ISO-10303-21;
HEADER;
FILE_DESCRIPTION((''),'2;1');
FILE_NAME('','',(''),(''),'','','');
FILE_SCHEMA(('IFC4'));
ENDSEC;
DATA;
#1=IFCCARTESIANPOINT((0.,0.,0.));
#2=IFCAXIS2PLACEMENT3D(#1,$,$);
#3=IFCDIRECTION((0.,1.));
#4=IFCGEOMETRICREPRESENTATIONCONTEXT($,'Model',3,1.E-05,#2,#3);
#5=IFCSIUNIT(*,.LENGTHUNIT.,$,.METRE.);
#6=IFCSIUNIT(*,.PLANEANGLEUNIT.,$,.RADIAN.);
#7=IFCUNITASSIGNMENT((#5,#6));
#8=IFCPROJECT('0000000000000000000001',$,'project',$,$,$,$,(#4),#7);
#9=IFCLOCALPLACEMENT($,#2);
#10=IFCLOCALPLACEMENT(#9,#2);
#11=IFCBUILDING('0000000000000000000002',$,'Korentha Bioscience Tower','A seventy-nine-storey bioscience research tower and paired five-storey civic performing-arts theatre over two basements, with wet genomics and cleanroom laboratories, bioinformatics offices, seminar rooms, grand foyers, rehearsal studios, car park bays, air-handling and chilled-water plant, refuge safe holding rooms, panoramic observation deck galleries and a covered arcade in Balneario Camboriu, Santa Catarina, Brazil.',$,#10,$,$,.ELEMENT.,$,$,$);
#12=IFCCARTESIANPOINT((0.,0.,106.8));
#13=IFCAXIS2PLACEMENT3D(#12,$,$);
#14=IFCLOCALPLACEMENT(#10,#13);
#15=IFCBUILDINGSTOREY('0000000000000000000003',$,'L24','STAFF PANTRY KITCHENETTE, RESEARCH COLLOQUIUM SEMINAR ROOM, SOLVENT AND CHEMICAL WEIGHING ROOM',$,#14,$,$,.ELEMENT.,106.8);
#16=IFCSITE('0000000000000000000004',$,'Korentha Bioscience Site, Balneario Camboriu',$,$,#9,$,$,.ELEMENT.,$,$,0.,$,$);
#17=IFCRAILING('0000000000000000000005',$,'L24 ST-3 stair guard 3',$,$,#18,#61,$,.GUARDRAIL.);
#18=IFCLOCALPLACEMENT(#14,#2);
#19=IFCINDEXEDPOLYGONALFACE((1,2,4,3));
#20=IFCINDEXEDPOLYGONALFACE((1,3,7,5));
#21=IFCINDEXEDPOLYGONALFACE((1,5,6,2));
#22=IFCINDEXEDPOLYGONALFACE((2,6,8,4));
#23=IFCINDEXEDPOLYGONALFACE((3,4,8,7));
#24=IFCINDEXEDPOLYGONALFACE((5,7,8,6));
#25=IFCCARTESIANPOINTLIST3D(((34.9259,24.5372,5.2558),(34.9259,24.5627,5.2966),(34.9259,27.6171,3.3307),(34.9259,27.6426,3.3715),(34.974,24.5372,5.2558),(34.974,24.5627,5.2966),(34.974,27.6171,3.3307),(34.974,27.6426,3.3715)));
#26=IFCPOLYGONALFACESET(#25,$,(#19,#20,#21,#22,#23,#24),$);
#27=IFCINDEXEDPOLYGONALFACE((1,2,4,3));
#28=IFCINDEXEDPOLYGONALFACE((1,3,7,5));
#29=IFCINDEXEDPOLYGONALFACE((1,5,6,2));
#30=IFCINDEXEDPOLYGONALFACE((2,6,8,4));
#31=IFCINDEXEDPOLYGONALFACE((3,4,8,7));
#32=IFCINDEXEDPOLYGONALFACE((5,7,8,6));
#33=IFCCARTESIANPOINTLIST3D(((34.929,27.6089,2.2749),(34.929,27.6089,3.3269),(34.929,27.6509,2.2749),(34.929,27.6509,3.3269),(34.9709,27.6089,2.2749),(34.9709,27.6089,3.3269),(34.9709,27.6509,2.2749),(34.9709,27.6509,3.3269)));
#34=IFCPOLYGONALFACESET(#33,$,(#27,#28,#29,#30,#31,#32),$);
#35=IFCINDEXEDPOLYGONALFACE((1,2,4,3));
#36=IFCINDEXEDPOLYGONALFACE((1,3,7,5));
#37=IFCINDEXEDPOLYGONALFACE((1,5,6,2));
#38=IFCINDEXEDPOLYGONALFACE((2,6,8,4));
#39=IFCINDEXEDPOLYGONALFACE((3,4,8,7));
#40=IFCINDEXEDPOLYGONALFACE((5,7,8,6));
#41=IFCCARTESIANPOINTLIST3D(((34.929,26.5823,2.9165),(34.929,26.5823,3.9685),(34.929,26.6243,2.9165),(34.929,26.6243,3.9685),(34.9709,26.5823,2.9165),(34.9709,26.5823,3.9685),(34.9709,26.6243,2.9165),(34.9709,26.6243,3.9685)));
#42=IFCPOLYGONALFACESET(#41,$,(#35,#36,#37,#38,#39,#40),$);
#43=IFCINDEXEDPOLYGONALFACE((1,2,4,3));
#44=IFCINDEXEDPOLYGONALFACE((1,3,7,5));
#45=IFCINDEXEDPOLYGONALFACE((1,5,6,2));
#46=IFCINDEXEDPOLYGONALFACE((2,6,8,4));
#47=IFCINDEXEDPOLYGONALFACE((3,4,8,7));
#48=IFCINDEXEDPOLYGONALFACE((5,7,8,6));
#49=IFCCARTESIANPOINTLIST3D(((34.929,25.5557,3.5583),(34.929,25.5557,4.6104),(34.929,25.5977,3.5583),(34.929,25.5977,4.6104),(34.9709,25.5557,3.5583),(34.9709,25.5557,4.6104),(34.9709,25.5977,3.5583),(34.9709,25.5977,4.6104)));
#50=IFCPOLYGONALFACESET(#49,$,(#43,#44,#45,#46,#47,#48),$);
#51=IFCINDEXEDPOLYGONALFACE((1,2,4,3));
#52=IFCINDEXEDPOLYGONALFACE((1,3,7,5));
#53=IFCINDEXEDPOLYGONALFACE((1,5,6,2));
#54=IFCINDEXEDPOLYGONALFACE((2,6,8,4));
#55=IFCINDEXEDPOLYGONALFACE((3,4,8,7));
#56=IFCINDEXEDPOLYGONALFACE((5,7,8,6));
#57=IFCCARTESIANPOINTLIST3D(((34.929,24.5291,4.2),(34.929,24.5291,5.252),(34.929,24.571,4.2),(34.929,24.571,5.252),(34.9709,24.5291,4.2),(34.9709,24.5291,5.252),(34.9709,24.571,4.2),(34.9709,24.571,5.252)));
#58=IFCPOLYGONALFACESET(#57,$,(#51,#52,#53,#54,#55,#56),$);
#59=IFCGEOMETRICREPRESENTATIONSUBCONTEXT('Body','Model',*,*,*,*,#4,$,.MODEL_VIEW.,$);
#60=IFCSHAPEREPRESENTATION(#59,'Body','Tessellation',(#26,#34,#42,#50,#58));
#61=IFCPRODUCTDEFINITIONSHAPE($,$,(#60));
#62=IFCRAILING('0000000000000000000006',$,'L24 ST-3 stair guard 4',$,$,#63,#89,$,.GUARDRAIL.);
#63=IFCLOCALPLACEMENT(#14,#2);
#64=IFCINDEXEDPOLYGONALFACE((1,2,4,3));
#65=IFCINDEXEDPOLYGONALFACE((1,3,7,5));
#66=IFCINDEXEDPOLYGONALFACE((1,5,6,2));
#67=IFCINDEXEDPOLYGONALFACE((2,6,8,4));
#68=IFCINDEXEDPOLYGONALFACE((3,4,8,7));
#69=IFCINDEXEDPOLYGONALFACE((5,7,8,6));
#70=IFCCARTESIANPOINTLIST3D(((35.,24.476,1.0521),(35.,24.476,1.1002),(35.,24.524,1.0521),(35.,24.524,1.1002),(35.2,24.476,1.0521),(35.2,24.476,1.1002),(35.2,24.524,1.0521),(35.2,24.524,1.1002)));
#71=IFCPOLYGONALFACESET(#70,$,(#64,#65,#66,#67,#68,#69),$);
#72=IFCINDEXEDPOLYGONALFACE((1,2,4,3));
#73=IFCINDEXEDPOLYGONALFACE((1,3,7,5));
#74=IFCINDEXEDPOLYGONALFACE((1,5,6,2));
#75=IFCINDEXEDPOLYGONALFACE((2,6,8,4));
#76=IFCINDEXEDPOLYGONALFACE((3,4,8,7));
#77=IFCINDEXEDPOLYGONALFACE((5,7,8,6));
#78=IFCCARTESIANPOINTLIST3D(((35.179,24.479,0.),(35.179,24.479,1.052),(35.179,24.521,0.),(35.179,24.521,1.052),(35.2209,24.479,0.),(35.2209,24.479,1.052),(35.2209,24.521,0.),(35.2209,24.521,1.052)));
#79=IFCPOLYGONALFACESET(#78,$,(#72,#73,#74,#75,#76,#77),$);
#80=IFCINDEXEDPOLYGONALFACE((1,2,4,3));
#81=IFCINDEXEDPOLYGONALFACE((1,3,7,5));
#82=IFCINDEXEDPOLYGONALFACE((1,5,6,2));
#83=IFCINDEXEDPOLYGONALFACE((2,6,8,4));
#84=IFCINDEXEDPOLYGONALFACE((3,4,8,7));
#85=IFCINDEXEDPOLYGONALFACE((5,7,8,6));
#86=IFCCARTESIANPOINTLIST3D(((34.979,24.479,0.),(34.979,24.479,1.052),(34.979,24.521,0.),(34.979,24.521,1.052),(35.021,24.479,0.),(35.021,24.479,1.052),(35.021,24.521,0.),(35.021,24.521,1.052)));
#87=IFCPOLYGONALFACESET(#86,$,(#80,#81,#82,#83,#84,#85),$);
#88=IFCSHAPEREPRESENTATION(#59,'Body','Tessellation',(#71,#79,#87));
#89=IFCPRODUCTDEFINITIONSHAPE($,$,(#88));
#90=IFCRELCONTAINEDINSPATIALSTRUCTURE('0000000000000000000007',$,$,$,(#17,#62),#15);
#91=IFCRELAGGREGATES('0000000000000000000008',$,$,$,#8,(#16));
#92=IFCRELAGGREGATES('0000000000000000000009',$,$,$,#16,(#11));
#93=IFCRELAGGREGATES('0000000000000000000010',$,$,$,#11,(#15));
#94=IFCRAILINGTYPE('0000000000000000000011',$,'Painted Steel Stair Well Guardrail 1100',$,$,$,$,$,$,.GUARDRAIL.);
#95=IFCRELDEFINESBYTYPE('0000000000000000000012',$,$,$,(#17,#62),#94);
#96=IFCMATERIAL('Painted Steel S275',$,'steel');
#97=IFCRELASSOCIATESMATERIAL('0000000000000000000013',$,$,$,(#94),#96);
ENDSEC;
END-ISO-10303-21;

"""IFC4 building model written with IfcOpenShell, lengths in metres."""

from ifc_helpers import new_model, si_unit, direction, frame, origin, origin_2d, place, context, subcontext, project, spatial, rectangle, extrude, material, type_object, element, save


model = new_model("IFC4")

# Units and contexts
model_context = context("Model", 3, precision=1e-05, world=origin(), true_north=direction((0.0, 1.0)))
body_context = subcontext(model_context, "Body", "Model", "MODEL_VIEW")
ifc_project = project(units=[si_unit("LENGTHUNIT", "METRE"), si_unit("PLANEANGLEUNIT", "RADIAN")], contexts=[model_context])

# Site, building, storey
site_placement = place(None, origin())
site = spatial("IfcSite", under=ifc_project, at=site_placement, Name="Korentha Bioscience Site, Balneario Camboriu", CompositionType="ELEMENT", RefElevation=0.0)
building_placement = place(site_placement, origin())
building = spatial("IfcBuilding", under=site, at=building_placement, Name="Korentha Bioscience Tower", Description="A seventy-nine-storey bioscience research tower and paired five-storey civic performing-arts theatre over two basements, with wet genomics and cleanroom laboratories, bioinformatics offices, seminar rooms, grand foyers, rehearsal studios, car park bays, air-handling and chilled-water plant, refuge safe holding rooms, panoramic observation deck galleries and a covered arcade in Balneario Camboriu, Santa Catarina, Brazil.", CompositionType="ELEMENT")
storey_placement = place(building_placement, frame((0.0, 0.0, 106.8)))
storey = spatial("IfcBuildingStorey", under=building, at=storey_placement, Name="L24", Description="STAFF PANTRY KITCHENETTE, RESEARCH COLLOQUIUM SEMINAR ROOM, SOLVENT AND CHEMICAL WEIGHING ROOM", CompositionType="ELEMENT", Elevation=106.8)

# Railings
ifc_material_1 = material(Name="Painted Steel S275", Category="steel")
railing_type_1 = type_object("IfcRailingType", Name="Painted Steel Stair Well Guardrail 1100", PredefinedType="GUARDRAIL", material=ifc_material_1)
railing_1_placement = place(storey_placement, frame((34.95, 27.6299, 2.2749)))
element("IfcRailing", 1, at=railing_1_placement, inside=storey, type_object=railing_type_1, Name="L24 ST-3 stair guard 3", PredefinedType="GUARDRAIL", context=body_context, shape_type="SweptSolid", body=[
    extrude(rectangle(XDim=0.0481, YDim=0.0481, at=origin_2d()), frame((0.0, 0.0, 1.0762), z_axis=(0.0, -0.847979, 0.530029), x_axis=(1.0, 0.0, 0.0)), (0.0, 0.0, 1.0), 3.6321),
    extrude(rectangle(XDim=0.042, YDim=0.042, at=origin_2d()), origin(), (0.0, 0.0, 1.0), 1.052),
    extrude(rectangle(XDim=0.042, YDim=0.042, at=origin_2d()), frame((0.0, -1.0266, 0.6416)), (0.0, 0.0, 1.0), 1.052),
    extrude(rectangle(XDim=0.042, YDim=0.042, at=origin_2d()), frame((0.0, -2.0532, 1.2834)), (0.0, 0.0, 1.0), 1.052),
    extrude(rectangle(XDim=0.042, YDim=0.042, at=origin_2d()), frame((0.0, -3.0798, 1.925)), (0.0, 0.0, 1.0), 1.052),
])
railing_2_placement = place(storey_placement, frame((35.2, 24.5, 0.0)))
element("IfcRailing", 2, at=railing_2_placement, inside=storey, type_object=railing_type_1, Name="L24 ST-3 stair guard 4", PredefinedType="GUARDRAIL", context=body_context, shape_type="SweptSolid", body=[
    extrude(rectangle(XDim=0.0481, YDim=0.0481, at=origin_2d()), frame((0.0, 0.0, 1.0762), z_axis=(-1.0, 0.0, 0.0), x_axis=(0.0, -1.0, 0.0)), (0.0, 0.0, 1.0), 0.2),
    extrude(rectangle(XDim=0.042, YDim=0.042, at=origin_2d()), origin(), (0.0, 0.0, 1.0), 1.052),
    extrude(rectangle(XDim=0.042, YDim=0.042, at=origin_2d()), frame((-0.2, 0.0, 0.0)), (0.0, 0.0, 1.0), 1.052),
])

save(model, "model.ifc")
